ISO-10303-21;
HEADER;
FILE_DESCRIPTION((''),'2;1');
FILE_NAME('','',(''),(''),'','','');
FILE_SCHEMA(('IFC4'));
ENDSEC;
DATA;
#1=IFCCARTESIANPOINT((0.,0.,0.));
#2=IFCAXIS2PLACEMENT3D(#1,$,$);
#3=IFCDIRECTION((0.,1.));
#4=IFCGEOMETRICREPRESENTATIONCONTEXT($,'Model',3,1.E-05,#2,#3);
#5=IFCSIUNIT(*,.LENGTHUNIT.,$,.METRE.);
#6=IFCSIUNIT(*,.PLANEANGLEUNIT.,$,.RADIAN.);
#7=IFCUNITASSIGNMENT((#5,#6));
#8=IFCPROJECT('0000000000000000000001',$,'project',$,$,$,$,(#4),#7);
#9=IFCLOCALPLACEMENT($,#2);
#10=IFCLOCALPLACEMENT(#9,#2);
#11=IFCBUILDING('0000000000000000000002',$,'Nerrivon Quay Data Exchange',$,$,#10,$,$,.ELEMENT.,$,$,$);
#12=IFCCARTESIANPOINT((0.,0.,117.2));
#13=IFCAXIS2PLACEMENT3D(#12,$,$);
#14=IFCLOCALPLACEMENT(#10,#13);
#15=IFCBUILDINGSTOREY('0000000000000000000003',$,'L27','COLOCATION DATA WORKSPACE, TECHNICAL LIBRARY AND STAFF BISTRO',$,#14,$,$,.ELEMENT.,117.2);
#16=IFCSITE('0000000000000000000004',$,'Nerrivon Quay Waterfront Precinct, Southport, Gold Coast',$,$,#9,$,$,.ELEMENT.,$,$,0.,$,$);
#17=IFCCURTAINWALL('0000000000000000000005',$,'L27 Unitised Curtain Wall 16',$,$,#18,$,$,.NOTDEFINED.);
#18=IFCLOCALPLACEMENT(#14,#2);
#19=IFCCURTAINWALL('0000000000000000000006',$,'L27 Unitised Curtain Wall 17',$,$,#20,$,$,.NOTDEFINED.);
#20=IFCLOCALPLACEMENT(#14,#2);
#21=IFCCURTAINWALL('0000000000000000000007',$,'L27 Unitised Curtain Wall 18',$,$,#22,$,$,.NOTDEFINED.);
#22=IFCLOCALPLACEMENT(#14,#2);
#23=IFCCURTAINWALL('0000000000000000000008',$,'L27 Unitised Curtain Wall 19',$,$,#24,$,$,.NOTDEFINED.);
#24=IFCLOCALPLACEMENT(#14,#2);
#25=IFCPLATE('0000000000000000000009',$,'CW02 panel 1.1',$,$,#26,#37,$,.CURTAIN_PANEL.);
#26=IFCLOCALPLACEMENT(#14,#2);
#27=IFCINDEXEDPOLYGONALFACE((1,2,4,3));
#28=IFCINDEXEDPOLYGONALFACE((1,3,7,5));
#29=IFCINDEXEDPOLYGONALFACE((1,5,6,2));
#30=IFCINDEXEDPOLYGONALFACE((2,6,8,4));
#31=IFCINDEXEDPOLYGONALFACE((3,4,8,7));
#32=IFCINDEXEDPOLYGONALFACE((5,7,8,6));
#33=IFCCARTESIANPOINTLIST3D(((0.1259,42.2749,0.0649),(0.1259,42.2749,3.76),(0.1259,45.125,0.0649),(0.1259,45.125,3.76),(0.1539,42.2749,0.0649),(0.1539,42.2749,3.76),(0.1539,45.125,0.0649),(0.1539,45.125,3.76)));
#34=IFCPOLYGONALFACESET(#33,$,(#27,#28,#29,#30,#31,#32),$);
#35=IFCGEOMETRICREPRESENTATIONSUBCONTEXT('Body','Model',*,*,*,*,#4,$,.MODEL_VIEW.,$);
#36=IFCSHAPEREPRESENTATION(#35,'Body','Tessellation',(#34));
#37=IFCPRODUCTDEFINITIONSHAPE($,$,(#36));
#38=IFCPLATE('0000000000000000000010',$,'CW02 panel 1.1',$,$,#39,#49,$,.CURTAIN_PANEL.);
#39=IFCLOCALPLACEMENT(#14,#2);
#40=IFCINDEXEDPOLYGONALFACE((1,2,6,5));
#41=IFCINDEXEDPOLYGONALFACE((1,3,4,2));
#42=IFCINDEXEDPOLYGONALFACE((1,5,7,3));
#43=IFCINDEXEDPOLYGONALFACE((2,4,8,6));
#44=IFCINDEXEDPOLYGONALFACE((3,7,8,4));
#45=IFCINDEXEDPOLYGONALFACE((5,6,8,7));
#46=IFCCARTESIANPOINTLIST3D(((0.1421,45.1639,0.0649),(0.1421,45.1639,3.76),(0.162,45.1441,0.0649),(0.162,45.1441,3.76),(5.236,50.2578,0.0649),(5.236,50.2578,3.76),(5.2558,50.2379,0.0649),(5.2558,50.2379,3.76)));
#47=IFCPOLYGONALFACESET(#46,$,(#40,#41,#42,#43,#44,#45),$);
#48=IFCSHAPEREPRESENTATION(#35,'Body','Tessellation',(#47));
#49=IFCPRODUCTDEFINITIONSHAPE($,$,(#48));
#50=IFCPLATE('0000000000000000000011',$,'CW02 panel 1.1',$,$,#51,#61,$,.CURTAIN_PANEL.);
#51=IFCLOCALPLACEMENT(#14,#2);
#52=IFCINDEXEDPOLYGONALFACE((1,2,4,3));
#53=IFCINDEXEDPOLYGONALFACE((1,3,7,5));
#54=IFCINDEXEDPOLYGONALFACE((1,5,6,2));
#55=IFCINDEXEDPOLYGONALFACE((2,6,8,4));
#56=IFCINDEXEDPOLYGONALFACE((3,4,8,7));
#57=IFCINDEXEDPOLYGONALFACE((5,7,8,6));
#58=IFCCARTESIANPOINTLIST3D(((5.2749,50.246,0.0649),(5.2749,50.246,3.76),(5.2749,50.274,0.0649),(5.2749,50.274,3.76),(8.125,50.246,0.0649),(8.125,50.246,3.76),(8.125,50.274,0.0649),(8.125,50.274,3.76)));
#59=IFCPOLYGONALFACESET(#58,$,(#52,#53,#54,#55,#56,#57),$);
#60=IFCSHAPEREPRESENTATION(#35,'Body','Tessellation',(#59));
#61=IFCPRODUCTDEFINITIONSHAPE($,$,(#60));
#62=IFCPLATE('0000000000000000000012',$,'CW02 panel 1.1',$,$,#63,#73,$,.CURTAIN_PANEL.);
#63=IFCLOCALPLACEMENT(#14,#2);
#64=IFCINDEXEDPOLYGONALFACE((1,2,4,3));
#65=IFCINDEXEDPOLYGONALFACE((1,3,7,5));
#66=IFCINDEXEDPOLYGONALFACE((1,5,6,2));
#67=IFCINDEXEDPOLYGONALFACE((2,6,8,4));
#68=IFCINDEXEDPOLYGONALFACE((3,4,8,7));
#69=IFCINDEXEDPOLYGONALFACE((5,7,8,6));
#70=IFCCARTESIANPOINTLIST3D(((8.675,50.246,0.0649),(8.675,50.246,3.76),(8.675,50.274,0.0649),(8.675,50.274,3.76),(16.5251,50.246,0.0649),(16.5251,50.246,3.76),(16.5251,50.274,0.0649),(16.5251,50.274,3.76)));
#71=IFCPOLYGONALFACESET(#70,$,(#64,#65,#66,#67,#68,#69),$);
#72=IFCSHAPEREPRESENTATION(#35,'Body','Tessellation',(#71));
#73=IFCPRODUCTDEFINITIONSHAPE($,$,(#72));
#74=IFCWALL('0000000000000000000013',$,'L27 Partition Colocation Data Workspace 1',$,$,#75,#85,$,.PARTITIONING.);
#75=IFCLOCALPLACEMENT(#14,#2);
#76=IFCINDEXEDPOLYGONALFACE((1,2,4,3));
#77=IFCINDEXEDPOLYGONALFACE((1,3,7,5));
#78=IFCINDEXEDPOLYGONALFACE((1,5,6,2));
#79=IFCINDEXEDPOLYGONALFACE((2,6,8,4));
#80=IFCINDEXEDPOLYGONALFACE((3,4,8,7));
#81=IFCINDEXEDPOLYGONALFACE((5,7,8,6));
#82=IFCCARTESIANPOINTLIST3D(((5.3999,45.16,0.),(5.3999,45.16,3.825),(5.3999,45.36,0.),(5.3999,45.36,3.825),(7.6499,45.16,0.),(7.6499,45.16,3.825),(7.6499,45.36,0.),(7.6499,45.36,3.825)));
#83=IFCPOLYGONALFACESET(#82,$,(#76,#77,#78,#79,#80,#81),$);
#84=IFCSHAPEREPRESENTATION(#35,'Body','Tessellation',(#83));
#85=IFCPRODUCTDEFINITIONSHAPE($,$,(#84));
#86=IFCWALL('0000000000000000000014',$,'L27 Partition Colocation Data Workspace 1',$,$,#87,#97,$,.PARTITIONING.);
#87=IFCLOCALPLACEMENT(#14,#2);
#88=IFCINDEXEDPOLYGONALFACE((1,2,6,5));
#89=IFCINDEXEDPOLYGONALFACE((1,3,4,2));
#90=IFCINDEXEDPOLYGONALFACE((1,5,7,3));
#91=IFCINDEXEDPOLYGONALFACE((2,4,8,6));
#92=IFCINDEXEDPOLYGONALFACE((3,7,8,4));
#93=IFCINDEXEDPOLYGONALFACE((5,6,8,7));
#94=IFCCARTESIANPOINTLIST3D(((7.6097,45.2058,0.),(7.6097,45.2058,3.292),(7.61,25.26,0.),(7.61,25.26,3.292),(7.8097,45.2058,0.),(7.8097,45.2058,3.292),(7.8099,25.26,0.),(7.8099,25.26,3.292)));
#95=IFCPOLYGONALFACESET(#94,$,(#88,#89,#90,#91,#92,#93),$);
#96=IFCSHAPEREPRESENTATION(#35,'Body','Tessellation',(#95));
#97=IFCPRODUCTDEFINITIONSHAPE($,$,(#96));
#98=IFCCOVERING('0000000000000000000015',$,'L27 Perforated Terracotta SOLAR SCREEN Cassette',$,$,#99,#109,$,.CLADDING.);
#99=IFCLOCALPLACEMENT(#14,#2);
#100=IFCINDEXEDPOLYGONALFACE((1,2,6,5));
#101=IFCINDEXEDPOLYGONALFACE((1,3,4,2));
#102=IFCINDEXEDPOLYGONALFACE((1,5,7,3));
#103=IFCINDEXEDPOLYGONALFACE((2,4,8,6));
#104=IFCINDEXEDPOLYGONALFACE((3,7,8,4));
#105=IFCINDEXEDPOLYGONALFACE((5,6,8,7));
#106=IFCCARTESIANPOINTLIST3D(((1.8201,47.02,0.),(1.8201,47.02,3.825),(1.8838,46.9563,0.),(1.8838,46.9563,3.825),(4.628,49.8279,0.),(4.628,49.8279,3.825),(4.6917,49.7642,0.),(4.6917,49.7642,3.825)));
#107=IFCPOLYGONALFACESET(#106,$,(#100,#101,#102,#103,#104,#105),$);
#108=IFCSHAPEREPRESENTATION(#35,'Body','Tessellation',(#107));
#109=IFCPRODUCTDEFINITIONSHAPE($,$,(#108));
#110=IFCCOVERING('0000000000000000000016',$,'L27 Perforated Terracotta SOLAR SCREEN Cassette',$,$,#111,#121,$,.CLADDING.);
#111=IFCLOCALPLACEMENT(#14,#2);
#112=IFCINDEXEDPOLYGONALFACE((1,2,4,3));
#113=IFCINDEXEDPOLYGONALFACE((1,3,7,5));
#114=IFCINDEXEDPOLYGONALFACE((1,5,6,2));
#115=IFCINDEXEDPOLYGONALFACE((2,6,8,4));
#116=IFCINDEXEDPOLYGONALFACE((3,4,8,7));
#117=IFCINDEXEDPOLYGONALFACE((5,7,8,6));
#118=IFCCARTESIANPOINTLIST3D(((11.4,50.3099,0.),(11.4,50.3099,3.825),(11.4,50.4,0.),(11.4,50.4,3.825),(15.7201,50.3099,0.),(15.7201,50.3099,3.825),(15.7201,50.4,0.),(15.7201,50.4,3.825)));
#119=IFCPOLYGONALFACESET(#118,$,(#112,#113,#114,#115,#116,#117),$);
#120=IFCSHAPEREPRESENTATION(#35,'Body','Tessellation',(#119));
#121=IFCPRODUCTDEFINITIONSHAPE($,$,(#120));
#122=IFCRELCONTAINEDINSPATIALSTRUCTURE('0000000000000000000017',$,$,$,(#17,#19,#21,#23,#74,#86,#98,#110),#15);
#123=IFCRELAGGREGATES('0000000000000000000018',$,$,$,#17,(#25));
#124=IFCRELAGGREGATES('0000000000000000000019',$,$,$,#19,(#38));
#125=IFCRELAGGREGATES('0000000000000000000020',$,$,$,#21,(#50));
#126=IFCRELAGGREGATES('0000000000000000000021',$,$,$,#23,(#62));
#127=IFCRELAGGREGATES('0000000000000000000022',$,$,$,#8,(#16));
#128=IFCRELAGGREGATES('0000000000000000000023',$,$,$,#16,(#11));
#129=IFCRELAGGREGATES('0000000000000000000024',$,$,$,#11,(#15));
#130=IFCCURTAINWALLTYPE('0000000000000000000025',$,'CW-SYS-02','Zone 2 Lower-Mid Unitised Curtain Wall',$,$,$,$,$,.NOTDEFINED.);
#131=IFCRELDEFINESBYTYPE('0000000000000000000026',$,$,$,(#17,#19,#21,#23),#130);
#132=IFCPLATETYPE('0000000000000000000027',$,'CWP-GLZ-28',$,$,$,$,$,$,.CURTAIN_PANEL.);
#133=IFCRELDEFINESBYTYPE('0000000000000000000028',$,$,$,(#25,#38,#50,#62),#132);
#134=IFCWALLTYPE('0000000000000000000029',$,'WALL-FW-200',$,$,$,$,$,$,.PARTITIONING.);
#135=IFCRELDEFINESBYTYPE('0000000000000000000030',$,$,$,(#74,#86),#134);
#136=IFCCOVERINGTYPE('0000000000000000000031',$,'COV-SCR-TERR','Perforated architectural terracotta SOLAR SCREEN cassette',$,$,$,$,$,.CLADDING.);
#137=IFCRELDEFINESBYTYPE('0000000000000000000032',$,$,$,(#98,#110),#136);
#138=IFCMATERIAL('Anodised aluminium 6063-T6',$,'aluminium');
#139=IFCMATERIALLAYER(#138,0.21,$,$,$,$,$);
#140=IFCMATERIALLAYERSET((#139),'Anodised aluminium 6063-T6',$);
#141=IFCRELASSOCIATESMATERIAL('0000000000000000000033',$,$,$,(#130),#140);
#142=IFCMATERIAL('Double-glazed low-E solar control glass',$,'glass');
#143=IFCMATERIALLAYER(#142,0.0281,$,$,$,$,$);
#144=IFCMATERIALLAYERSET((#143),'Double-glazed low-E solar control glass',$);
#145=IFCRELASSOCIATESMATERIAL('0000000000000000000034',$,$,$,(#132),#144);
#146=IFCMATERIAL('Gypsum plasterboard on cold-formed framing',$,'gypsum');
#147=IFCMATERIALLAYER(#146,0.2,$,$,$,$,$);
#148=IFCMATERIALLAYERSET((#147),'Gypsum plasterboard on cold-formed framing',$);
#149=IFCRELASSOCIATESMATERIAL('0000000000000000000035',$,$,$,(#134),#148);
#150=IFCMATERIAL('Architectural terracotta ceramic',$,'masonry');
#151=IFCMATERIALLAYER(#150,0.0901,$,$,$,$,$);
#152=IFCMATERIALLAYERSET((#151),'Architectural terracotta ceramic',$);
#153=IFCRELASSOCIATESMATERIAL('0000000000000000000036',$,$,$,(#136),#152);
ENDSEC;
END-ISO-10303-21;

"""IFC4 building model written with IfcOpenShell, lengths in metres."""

from ifc_helpers import new_model, si_unit, direction, frame, frame_2d, origin, origin_2d, place, context, subcontext, project, spatial, rectangle, extrude, material, layer, layer_set, type_object, element, aggregate, save


model = new_model("IFC4")

# Units and contexts
model_context = context("Model", 3, precision=1e-05, world=origin(), true_north=direction((0.0, 1.0)))
body_context = subcontext(model_context, "Body", "Model", "MODEL_VIEW")
ifc_project = project(units=[si_unit("LENGTHUNIT", "METRE"), si_unit("PLANEANGLEUNIT", "RADIAN")], contexts=[model_context])

# Site, building, storey
site_placement = place(None, origin())
site = spatial("IfcSite", under=ifc_project, at=site_placement, Name="Nerrivon Quay Waterfront Precinct, Southport, Gold Coast", CompositionType="ELEMENT", RefElevation=0.0)
building_placement = place(site_placement, origin())
building = spatial("IfcBuilding", under=site, at=building_placement, Name="Nerrivon Quay Data Exchange", CompositionType="ELEMENT")
storey_placement = place(building_placement, frame((0.0, 0.0, 117.2)))
storey = spatial("IfcBuildingStorey", under=building, at=storey_placement, Name="L27", Description="COLOCATION DATA WORKSPACE, TECHNICAL LIBRARY AND STAFF BISTRO", CompositionType="ELEMENT", Elevation=117.2)

# Curtain walls
ifc_material_1 = material(Name="Anodised aluminium 6063-T6", Category="aluminium")
ifc_layer_1 = layer(ifc_material_1, 0.21)
ifc_layer_set_1 = layer_set([ifc_layer_1], Name="Anodised aluminium 6063-T6")
curtain_wall_type = type_object("IfcCurtainWallType", Name="CW-SYS-02", Description="Zone 2 Lower-Mid Unitised Curtain Wall", PredefinedType="NOTDEFINED", material=ifc_layer_set_1)
curtain_wall_1_placement = place(storey_placement, origin())
curtain_wall_1 = element("IfcCurtainWall", 1, at=curtain_wall_1_placement, inside=storey, type_object=curtain_wall_type, Name="L27 Unitised Curtain Wall 16", PredefinedType="NOTDEFINED")
curtain_wall_2_placement = place(storey_placement, origin())
curtain_wall_2 = element("IfcCurtainWall", 2, at=curtain_wall_2_placement, inside=storey, type_object=curtain_wall_type, Name="L27 Unitised Curtain Wall 17", PredefinedType="NOTDEFINED")
curtain_wall_3_placement = place(storey_placement, origin())
curtain_wall_3 = element("IfcCurtainWall", 3, at=curtain_wall_3_placement, inside=storey, type_object=curtain_wall_type, Name="L27 Unitised Curtain Wall 18", PredefinedType="NOTDEFINED")

# Curtain wall
curtain_wall_4_placement = place(storey_placement, origin())
curtain_wall_4 = element("IfcCurtainWall", 4, at=curtain_wall_4_placement, inside=storey, type_object=curtain_wall_type, Name="L27 Unitised Curtain Wall 19", PredefinedType="NOTDEFINED")

# Plates
ifc_material_2 = material(Name="Double-glazed low-E solar control glass", Category="glass")
ifc_layer_2 = layer(ifc_material_2, 0.0281)
ifc_layer_set_2 = layer_set([ifc_layer_2], Name="Double-glazed low-E solar control glass")
plate_type = type_object("IfcPlateType", Name="CWP-GLZ-28", PredefinedType="CURTAIN_PANEL", material=ifc_layer_set_2)
plate_1_placement = place(storey_placement, frame((0.1399, 43.7, 0.0649), z_axis=(0.0, 0.0, 1.0), x_axis=(0.0, 1.0, 0.0)))
plate_1 = element("IfcPlate", 5, at=plate_1_placement, type_object=plate_type, Name="CW02 panel 1.1", PredefinedType="CURTAIN_PANEL", context=body_context, shape_type="SweptSolid", body=[
    extrude(rectangle(XDim=2.8501, YDim=0.0281, at=origin_2d()), origin(), (0.0, 0.0, 1.0), 3.6951),
])
aggregate(curtain_wall_1, [plate_1])
plate_2_placement = place(storey_placement, frame((2.699, 47.7009, 0.0649), z_axis=(0.0, 0.0, 1.0), x_axis=(0.707107, 0.707107, 0.0)))
plate_2 = element("IfcPlate", 6, at=plate_2_placement, type_object=plate_type, Name="CW02 panel 1.1", PredefinedType="CURTAIN_PANEL", context=body_context, shape_type="SweptSolid", body=[
    extrude(rectangle(XDim=7.2039, YDim=0.0281, at=origin_2d()), origin(), (0.0, 0.0, 1.0), 3.6951),
])
aggregate(curtain_wall_2, [plate_2])
plate_3_placement = place(storey_placement, frame((6.7, 50.26, 0.0649), z_axis=(0.0, 0.0, 1.0), x_axis=(1.0, 0.0, 0.0)))
plate_3 = element("IfcPlate", 7, at=plate_3_placement, type_object=plate_type, Name="CW02 panel 1.1", PredefinedType="CURTAIN_PANEL", context=body_context, shape_type="SweptSolid", body=[
    extrude(rectangle(XDim=2.8501, YDim=0.0281, at=origin_2d()), origin(), (0.0, 0.0, 1.0), 3.6951),
])
aggregate(curtain_wall_3, [plate_3])
plate_4_placement = place(storey_placement, frame((12.6001, 50.26, 0.0649), z_axis=(0.0, 0.0, 1.0), x_axis=(1.0, 0.0, 0.0)))
plate_4 = element("IfcPlate", 8, at=plate_4_placement, type_object=plate_type, Name="CW02 panel 1.1", PredefinedType="CURTAIN_PANEL", context=body_context, shape_type="SweptSolid", body=[
    extrude(rectangle(XDim=7.8501, YDim=0.0281, at=origin_2d()), origin(), (0.0, 0.0, 1.0), 3.6951),
])
aggregate(curtain_wall_4, [plate_4])

# Walls
ifc_material_3 = material(Name="Gypsum plasterboard on cold-formed framing", Category="gypsum")
ifc_layer_3 = layer(ifc_material_3, 0.2)
ifc_layer_set_3 = layer_set([ifc_layer_3], Name="Gypsum plasterboard on cold-formed framing")
wall_type = type_object("IfcWallType", Name="WALL-FW-200", PredefinedType="PARTITIONING", material=ifc_layer_set_3)
wall_1_placement = place(storey_placement, frame((5.3999, 45.26, 0.0), z_axis=(0.0, 0.0, 1.0), x_axis=(1.0, 0.0, 0.0)))
element("IfcWall", 9, at=wall_1_placement, inside=storey, type_object=wall_type, Name="L27 Partition Colocation Data Workspace 1", PredefinedType="PARTITIONING", context=body_context, shape_type="SweptSolid", body=[
    extrude(rectangle(XDim=2.25, YDim=0.2, at=frame_2d((1.125, 0.0))), origin(), (0.0, 0.0, 1.0), 3.825),
])
wall_2_placement = place(storey_placement, frame((7.7097, 45.2058, 0.0), z_axis=(0.0, 0.0, 1.0), x_axis=(0.000012, -1.0, 0.0)))
element("IfcWall", 10, at=wall_2_placement, inside=storey, type_object=wall_type, Name="L27 Partition Colocation Data Workspace 1", PredefinedType="PARTITIONING", context=body_context, shape_type="SweptSolid", body=[
    extrude(rectangle(XDim=19.9458, YDim=0.2, at=frame_2d((9.9729, 0.0))), origin(), (0.0, 0.0, 1.0), 3.292),
])

# Coverings
ifc_material_4 = material(Name="Architectural terracotta ceramic", Category="masonry")
ifc_layer_4 = layer(ifc_material_4, 0.0901)
ifc_layer_set_4 = layer_set([ifc_layer_4], Name="Architectural terracotta ceramic")
covering_type = type_object("IfcCoveringType", Name="COV-SCR-TERR", Description="Perforated architectural terracotta SOLAR SCREEN cassette", PredefinedType="CLADDING", material=ifc_layer_set_4)
covering_1_placement = place(storey_placement, frame((3.2559, 48.3921, 0.0), z_axis=(0.0, 0.0, 1.0), x_axis=(0.707107, 0.707107, 0.0)))
element("IfcCovering", 11, at=covering_1_placement, inside=storey, type_object=covering_type, Name="L27 Perforated Terracotta SOLAR SCREEN Cassette", PredefinedType="CLADDING", context=body_context, shape_type="SweptSolid", body=[
    extrude(rectangle(XDim=3.9709, YDim=0.0901, at=origin_2d()), origin(), (0.0, 0.0, 1.0), 3.825),
])
covering_2_placement = place(storey_placement, frame((13.5601, 50.355, 0.0), z_axis=(0.0, 0.0, 1.0), x_axis=(1.0, 0.0, 0.0)))
element("IfcCovering", 12, at=covering_2_placement, inside=storey, type_object=covering_type, Name="L27 Perforated Terracotta SOLAR SCREEN Cassette", PredefinedType="CLADDING", context=body_context, shape_type="SweptSolid", body=[
    extrude(rectangle(XDim=4.3201, YDim=0.0901, at=origin_2d()), origin(), (0.0, 0.0, 1.0), 3.825),
])

save(model, "model.ifc")
